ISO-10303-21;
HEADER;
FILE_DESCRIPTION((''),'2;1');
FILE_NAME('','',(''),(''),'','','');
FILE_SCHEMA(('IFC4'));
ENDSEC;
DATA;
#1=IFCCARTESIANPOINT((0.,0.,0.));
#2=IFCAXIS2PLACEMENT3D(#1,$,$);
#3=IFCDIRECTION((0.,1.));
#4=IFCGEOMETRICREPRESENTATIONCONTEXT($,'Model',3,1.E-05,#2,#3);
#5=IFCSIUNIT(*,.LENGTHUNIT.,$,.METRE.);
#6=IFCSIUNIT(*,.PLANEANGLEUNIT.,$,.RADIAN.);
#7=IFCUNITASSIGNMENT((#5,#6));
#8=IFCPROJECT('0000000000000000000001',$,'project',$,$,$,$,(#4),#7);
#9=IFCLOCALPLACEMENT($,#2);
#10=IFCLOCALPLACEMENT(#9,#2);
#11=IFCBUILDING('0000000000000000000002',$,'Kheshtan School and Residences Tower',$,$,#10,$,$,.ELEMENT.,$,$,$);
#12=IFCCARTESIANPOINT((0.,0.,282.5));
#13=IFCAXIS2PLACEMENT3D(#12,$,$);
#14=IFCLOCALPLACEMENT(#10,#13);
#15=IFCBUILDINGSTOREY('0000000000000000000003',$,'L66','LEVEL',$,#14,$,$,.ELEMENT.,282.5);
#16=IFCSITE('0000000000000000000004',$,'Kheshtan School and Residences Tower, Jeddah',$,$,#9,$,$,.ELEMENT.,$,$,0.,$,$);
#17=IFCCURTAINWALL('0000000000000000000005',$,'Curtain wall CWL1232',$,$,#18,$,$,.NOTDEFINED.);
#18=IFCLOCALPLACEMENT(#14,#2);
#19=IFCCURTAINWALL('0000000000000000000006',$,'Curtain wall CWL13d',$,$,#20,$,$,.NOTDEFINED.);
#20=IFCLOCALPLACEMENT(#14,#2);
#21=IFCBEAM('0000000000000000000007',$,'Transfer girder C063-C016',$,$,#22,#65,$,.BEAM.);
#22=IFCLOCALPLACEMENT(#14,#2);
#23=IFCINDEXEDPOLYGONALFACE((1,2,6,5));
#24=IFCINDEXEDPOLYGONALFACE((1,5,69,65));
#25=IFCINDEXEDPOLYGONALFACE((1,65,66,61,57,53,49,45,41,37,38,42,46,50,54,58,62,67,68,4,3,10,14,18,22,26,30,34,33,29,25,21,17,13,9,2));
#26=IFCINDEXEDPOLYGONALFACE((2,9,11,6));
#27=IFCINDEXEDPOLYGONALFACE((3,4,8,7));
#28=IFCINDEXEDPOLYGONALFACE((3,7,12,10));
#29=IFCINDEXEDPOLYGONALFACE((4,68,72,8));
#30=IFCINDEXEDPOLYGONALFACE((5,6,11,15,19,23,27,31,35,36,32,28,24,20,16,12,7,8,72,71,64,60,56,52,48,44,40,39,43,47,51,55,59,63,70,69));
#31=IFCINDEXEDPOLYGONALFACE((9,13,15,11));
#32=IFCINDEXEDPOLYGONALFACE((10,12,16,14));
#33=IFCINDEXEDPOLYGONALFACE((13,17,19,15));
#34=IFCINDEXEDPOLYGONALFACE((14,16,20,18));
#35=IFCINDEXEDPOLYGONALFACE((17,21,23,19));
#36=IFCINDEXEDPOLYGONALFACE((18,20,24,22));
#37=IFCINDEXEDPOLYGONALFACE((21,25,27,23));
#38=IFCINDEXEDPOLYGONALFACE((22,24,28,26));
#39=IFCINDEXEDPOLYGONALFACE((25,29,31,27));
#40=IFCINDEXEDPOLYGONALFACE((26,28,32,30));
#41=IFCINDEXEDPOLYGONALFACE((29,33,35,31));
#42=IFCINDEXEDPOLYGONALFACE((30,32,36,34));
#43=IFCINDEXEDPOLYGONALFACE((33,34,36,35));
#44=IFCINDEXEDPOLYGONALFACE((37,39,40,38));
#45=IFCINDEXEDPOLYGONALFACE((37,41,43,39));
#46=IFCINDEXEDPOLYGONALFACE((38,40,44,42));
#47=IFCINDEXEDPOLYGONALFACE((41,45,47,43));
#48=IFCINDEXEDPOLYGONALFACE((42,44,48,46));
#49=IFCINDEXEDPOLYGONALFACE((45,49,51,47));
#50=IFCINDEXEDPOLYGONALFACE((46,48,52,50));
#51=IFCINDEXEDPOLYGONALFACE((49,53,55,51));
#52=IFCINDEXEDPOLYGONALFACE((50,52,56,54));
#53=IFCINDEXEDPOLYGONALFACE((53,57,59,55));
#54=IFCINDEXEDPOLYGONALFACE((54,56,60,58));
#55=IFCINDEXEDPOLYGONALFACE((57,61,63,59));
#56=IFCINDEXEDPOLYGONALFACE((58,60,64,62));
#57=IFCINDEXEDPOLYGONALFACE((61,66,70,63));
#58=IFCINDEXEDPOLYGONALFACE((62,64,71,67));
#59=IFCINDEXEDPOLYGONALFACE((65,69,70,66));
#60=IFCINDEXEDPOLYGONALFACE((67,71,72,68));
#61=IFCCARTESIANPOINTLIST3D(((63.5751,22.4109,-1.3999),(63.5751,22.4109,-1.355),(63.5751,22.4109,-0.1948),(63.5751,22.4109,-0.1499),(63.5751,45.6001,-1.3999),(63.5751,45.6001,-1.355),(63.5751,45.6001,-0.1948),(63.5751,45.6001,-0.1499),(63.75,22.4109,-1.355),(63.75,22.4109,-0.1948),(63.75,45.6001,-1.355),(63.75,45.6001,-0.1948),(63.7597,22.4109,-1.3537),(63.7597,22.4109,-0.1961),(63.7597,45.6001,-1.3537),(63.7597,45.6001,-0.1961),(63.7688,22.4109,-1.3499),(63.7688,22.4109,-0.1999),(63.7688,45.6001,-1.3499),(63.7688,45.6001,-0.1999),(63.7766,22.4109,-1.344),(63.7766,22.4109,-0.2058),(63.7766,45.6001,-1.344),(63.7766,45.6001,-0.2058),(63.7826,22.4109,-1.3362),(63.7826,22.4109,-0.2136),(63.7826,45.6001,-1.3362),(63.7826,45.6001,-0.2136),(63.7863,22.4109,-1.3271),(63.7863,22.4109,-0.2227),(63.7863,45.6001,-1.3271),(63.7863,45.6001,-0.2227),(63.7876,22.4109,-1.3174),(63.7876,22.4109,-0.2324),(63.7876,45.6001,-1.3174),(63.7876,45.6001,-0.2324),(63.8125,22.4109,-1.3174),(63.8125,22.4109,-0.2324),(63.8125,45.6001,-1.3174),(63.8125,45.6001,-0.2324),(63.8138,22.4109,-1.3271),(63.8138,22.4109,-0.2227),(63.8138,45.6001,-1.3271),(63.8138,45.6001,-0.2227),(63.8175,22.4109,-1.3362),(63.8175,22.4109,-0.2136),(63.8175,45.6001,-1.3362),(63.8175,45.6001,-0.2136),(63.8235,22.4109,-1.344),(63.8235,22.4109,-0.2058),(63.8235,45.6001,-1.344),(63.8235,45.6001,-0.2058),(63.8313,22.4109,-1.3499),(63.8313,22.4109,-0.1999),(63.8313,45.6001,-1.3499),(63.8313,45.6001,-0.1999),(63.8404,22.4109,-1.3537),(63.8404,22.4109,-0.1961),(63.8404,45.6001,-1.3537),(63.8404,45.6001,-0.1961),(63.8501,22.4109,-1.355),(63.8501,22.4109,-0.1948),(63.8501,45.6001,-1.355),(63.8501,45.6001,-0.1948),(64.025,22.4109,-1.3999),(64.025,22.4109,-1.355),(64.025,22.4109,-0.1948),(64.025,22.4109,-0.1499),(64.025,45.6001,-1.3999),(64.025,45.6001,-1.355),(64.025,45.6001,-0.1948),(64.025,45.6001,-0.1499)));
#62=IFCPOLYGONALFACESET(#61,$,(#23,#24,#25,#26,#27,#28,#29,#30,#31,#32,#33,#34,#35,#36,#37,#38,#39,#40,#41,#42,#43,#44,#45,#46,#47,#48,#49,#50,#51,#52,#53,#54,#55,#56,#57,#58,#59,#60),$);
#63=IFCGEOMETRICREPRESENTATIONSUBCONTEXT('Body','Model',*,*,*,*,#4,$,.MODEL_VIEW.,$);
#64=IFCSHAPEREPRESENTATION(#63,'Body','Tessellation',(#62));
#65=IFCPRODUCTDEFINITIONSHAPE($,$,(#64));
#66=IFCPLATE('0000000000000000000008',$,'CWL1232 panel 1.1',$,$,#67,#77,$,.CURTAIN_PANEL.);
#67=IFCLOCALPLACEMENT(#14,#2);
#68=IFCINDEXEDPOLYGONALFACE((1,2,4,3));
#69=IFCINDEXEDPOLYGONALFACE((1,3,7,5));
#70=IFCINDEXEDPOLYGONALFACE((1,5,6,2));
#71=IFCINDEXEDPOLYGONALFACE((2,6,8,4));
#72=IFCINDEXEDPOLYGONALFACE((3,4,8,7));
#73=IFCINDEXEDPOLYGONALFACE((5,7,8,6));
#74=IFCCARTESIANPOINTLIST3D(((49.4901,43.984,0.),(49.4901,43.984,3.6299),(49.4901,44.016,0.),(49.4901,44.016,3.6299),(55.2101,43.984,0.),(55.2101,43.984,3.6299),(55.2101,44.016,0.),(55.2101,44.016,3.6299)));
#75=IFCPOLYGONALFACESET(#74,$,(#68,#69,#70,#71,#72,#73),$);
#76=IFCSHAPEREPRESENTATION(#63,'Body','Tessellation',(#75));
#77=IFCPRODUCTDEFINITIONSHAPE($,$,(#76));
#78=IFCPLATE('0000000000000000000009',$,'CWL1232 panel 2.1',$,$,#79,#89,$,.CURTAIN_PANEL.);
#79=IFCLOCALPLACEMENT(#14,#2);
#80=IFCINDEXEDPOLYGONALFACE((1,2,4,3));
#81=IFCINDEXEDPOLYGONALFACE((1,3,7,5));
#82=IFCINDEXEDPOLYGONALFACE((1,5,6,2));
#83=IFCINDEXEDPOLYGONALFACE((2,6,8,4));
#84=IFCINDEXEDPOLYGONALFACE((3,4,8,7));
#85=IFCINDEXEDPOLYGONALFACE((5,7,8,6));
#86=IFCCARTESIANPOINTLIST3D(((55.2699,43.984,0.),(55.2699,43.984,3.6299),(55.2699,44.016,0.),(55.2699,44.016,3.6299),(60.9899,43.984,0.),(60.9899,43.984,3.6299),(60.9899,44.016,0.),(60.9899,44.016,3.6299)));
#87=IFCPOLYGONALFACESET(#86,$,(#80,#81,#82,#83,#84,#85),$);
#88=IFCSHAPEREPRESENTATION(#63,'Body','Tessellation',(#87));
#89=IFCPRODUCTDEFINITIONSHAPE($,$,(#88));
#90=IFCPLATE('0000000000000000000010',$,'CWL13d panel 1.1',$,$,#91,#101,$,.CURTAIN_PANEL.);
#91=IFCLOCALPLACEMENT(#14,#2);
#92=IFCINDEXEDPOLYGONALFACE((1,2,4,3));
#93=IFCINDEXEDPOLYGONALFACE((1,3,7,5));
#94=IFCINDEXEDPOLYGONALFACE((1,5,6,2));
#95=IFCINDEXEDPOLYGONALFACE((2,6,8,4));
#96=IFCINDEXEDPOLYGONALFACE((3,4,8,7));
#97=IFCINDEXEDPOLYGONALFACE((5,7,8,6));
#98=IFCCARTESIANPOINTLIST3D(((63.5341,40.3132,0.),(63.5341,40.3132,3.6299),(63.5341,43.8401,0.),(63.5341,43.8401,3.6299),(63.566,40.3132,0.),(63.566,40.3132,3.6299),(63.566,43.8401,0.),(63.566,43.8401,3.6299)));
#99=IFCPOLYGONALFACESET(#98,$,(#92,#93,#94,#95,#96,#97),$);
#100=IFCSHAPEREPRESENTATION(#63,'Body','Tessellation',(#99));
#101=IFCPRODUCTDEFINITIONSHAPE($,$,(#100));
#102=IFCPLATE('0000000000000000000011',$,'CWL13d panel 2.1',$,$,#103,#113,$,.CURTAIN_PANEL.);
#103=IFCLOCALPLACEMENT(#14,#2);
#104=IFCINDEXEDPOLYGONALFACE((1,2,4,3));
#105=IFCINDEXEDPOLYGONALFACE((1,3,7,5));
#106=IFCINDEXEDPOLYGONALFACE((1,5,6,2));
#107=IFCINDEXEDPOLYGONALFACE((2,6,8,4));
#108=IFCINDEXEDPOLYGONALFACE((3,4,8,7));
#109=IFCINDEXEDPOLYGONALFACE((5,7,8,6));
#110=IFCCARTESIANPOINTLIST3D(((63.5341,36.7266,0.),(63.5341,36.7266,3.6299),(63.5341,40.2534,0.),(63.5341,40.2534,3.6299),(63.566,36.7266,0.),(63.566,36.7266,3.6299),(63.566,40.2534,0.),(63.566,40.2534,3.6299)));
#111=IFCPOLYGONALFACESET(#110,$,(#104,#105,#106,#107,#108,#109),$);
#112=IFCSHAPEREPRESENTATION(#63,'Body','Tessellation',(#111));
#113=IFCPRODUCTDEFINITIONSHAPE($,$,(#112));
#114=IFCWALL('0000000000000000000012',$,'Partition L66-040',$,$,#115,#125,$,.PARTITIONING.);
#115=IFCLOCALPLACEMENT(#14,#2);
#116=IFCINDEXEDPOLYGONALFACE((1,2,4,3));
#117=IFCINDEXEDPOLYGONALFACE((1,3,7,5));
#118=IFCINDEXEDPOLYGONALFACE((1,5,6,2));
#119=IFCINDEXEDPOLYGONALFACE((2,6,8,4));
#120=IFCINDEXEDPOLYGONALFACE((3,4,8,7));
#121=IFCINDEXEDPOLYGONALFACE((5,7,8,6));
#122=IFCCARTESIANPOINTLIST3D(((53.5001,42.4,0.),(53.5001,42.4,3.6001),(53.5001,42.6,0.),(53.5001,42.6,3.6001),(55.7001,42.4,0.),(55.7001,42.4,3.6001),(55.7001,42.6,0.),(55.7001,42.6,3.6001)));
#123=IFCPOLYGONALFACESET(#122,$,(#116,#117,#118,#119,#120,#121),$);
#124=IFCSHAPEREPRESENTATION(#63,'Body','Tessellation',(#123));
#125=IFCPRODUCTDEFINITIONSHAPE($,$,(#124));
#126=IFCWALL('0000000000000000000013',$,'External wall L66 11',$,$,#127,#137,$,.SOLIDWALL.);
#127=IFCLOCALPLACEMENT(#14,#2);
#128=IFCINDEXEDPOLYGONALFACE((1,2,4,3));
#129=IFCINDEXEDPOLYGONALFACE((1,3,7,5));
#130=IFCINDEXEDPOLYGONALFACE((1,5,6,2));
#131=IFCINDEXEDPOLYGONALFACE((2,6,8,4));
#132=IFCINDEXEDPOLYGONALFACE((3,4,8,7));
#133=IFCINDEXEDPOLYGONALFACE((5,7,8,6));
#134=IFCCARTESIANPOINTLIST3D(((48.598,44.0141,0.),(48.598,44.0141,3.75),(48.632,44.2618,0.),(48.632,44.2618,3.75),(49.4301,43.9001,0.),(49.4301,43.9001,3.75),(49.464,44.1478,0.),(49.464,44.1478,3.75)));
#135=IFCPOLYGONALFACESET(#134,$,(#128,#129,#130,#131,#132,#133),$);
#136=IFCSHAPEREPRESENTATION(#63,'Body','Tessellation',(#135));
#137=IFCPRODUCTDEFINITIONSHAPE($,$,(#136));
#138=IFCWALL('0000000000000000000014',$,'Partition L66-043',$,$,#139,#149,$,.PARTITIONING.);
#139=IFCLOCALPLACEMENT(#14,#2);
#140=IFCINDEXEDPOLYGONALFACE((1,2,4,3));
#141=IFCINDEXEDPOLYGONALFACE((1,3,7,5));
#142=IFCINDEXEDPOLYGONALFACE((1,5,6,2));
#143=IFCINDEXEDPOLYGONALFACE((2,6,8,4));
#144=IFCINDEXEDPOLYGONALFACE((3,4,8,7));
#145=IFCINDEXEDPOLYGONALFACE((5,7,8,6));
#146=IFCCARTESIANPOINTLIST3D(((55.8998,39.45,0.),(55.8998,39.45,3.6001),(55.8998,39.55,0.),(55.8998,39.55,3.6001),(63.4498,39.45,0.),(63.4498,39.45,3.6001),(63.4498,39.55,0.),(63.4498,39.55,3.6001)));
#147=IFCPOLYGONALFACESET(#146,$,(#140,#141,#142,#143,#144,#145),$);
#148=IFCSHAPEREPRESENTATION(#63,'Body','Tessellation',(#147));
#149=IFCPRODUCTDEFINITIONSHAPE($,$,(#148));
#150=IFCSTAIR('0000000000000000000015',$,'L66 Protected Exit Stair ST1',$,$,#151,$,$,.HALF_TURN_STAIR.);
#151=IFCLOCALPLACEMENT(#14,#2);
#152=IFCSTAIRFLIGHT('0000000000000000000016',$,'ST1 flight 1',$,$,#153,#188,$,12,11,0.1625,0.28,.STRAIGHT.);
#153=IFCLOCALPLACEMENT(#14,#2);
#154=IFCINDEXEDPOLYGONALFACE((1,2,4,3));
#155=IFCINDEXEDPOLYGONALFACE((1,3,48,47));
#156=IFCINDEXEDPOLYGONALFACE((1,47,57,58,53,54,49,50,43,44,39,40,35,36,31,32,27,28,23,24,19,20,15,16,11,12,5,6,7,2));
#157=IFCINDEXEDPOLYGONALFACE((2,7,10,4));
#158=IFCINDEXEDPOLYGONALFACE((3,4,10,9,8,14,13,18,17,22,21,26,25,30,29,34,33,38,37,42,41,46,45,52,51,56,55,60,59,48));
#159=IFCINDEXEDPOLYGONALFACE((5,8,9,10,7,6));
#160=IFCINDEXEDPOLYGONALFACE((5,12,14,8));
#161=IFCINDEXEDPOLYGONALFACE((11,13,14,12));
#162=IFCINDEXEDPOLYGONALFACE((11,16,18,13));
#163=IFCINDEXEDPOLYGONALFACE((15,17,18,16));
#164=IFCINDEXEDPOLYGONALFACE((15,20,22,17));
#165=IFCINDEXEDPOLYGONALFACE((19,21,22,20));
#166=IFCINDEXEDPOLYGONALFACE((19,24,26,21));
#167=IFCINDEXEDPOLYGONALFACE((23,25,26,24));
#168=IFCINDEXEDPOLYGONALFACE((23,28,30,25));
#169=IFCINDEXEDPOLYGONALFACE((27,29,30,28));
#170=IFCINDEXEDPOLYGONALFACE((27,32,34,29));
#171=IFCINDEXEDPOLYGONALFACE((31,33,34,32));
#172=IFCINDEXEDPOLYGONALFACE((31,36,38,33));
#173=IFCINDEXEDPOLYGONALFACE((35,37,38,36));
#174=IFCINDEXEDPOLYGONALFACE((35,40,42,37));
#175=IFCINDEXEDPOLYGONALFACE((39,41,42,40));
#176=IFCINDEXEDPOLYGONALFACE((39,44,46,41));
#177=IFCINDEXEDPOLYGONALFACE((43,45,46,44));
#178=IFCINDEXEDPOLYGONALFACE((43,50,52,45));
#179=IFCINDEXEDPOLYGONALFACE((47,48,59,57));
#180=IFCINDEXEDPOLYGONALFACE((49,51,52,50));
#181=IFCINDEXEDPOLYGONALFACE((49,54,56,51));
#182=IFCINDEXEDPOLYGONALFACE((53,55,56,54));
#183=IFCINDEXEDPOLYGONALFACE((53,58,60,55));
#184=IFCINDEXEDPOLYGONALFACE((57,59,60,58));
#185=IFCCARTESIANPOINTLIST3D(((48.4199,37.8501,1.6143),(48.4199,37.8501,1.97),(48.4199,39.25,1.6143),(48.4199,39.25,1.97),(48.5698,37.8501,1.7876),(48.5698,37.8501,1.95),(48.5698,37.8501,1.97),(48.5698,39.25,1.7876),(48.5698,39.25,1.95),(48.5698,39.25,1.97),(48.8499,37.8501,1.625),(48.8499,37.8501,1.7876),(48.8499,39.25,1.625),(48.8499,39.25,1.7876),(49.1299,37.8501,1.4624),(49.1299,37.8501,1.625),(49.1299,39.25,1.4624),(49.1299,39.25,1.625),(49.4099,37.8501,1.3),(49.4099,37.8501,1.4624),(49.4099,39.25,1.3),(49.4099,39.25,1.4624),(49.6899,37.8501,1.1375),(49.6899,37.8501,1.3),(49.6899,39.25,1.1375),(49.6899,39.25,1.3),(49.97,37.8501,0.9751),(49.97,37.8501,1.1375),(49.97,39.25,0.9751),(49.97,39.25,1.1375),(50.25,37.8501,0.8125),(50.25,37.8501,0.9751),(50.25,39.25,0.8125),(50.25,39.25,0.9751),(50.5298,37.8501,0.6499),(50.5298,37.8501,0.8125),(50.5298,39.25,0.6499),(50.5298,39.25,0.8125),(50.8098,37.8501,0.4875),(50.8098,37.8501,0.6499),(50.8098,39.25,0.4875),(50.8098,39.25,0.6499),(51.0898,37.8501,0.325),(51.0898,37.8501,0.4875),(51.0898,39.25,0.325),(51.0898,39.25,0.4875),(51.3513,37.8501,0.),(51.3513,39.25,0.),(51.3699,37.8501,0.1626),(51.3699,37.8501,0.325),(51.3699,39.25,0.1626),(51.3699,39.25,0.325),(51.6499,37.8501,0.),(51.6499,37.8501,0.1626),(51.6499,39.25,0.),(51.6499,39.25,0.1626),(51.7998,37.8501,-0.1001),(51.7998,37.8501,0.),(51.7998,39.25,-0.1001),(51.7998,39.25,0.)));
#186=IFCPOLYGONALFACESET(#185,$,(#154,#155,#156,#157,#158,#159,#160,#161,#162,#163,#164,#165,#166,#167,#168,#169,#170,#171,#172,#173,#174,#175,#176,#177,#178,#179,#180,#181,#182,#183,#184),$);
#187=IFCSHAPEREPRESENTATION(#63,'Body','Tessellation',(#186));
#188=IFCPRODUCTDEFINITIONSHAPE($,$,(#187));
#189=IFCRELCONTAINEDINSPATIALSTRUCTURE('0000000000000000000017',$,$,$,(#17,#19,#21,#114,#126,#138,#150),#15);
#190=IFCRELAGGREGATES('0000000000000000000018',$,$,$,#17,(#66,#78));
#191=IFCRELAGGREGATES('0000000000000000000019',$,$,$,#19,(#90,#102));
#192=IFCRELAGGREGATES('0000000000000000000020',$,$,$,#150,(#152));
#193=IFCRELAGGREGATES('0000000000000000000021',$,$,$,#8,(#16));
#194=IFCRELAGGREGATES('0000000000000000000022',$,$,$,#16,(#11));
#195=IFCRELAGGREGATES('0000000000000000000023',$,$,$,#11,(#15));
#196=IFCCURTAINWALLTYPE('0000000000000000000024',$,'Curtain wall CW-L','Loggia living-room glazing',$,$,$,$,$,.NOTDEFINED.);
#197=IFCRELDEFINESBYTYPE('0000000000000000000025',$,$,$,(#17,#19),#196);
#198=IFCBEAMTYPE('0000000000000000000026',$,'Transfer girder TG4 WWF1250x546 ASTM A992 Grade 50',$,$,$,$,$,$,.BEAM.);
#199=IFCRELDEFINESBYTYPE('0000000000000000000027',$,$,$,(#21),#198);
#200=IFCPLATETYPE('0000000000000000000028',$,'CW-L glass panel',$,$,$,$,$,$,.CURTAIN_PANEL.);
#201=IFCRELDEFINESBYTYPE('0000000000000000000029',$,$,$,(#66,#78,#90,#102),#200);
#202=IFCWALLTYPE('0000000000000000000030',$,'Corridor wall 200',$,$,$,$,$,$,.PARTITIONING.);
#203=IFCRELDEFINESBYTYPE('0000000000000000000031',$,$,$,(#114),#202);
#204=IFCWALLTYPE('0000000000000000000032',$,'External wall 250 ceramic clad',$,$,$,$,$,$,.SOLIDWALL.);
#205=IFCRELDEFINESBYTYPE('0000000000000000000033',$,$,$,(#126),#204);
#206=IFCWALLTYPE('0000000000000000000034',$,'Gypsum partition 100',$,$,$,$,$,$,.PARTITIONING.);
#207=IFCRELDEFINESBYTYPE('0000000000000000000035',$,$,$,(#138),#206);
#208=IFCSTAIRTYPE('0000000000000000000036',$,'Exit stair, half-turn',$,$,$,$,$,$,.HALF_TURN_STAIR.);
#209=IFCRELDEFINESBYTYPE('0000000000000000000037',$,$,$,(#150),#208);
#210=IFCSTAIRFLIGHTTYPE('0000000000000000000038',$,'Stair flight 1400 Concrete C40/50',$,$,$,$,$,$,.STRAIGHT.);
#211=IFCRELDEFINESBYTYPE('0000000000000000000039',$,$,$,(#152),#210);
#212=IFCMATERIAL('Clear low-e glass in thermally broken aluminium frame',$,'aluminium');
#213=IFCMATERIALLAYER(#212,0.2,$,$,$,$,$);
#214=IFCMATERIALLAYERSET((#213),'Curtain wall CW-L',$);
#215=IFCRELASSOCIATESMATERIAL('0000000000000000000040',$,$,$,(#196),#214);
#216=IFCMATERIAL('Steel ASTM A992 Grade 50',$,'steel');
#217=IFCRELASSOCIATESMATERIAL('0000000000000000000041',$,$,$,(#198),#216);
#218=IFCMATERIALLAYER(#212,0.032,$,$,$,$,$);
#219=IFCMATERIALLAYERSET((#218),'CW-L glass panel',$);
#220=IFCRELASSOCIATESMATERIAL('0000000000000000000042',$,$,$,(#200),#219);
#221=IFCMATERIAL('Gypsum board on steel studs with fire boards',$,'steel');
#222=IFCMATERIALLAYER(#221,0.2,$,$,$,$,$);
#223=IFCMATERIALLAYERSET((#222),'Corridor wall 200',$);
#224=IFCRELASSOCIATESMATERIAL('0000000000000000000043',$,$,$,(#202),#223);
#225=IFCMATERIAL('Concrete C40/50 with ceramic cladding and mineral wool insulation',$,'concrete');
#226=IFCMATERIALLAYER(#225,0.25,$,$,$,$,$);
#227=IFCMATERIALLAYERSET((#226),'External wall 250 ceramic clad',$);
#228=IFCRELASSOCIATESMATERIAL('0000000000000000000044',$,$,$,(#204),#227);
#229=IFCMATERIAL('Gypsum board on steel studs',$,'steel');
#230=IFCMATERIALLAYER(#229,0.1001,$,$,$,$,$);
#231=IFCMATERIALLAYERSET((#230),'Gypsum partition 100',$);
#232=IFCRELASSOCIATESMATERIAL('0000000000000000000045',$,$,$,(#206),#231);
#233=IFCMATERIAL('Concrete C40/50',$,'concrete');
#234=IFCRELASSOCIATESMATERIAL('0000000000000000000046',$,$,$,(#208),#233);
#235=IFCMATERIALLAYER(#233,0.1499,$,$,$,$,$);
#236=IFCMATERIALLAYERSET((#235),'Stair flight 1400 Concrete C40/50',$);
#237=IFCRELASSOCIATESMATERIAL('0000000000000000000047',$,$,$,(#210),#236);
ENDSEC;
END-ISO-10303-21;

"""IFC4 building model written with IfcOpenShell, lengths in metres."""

from ifc_helpers import new_model, si_unit, direction, frame, frame_2d, origin, origin_2d, place, context, subcontext, project, spatial, polyline, rectangle, i_section, outline, extrude, material, layer, layer_set, material_profile, profile_set, type_object, element, aggregate, save


model = new_model("IFC4")

# Units and contexts
model_context = context("Model", 3, precision=1e-05, world=origin(), true_north=direction((0.0, 1.0)))
body_context = subcontext(model_context, "Body", "Model", "MODEL_VIEW")
ifc_project = project(units=[si_unit("LENGTHUNIT", "METRE"), si_unit("PLANEANGLEUNIT", "RADIAN")], contexts=[model_context])

# Site, building, storey
site_placement = place(None, origin())
site = spatial("IfcSite", under=ifc_project, at=site_placement, Name="Kheshtan School and Residences Tower, Jeddah", CompositionType="ELEMENT", RefElevation=0.0)
building_placement = place(site_placement, origin())
building = spatial("IfcBuilding", under=site, at=building_placement, Name="Kheshtan School and Residences Tower", CompositionType="ELEMENT")
storey_placement = place(building_placement, frame((0.0, 0.0, 282.5)))
storey = spatial("IfcBuildingStorey", under=building, at=storey_placement, Name="L66", Description="LEVEL", CompositionType="ELEMENT", Elevation=282.5)

# Shared definitions
ifc_material_1 = material(Name="Steel ASTM A992 Grade 50", Category="steel")

# Curtain walls
ifc_material_2 = material(Name="Clear low-e glass in thermally broken aluminium frame", Category="aluminium")
ifc_layer_1 = layer(ifc_material_2, 0.2)
ifc_layer_set_1 = layer_set([ifc_layer_1], Name="Curtain wall CW-L")
curtain_wall_type = type_object("IfcCurtainWallType", Name="Curtain wall CW-L", Description="Loggia living-room glazing", PredefinedType="NOTDEFINED", material=ifc_layer_set_1)
curtain_wall_1_placement = place(storey_placement, origin())
curtain_wall_1 = element("IfcCurtainWall", 1, at=curtain_wall_1_placement, inside=storey, type_object=curtain_wall_type, Name="Curtain wall CWL1232", PredefinedType="NOTDEFINED")
curtain_wall_2_placement = place(storey_placement, origin())
curtain_wall_2 = element("IfcCurtainWall", 2, at=curtain_wall_2_placement, inside=storey, type_object=curtain_wall_type, Name="Curtain wall CWL13d", PredefinedType="NOTDEFINED")

# Beam
ifc_material_profile_1 = material_profile(ifc_material_1, i_section(OverallWidth=0.45, OverallDepth=1.25, WebThickness=0.0249, FlangeThickness=0.0449, FilletRadius=0.0376, at=origin_2d()), Name="WWF1250x546")
ifc_profile_set_1 = profile_set([ifc_material_profile_1], Name="Steel ASTM A992 Grade 50")
beam_type_1 = type_object("IfcBeamType", Name="Transfer girder TG4 WWF1250x546 ASTM A992 Grade 50", PredefinedType="BEAM", material=ifc_profile_set_1)
beam_1_placement = place(storey_placement, frame((63.8, 45.6001, -0.7749), z_axis=(0.0, -1.0, 0.0), x_axis=(1.0, 0.0, 0.0)))
element("IfcBeam", 3, at=beam_1_placement, inside=storey, type_object=beam_type_1, Name="Transfer girder C063-C016", PredefinedType="BEAM", context=body_context, shape_type="SweptSolid", body=[
    extrude(i_section(OverallWidth=0.45, OverallDepth=1.25, WebThickness=0.0249, FlangeThickness=0.0449, FilletRadius=0.0376, at=origin_2d()), origin(), (0.0, 0.0, 1.0), 23.1892),
])

# Plates
ifc_layer_2 = layer(ifc_material_2, 0.032)
ifc_layer_set_2 = layer_set([ifc_layer_2], Name="CW-L glass panel")
plate_type = type_object("IfcPlateType", Name="CW-L glass panel", PredefinedType="CURTAIN_PANEL", material=ifc_layer_set_2)
plate_1_placement = place(storey_placement, frame((52.3501, 44.0, 0.0), z_axis=(0.0, 0.0, 1.0), x_axis=(1.0, 0.0, 0.0)))
plate_1 = element("IfcPlate", 4, at=plate_1_placement, type_object=plate_type, Name="CWL1232 panel 1.1", PredefinedType="CURTAIN_PANEL", context=body_context, shape_type="SweptSolid", body=[
    extrude(rectangle(XDim=5.72, YDim=0.032, at=origin_2d()), origin(), (0.0, 0.0, 1.0), 3.6299),
])
plate_2_placement = place(storey_placement, frame((58.1299, 44.0, 0.0), z_axis=(0.0, 0.0, 1.0), x_axis=(1.0, 0.0, 0.0)))
plate_2 = element("IfcPlate", 5, at=plate_2_placement, type_object=plate_type, Name="CWL1232 panel 2.1", PredefinedType="CURTAIN_PANEL", context=body_context, shape_type="SweptSolid", body=[
    extrude(rectangle(XDim=5.72, YDim=0.032, at=origin_2d()), origin(), (0.0, 0.0, 1.0), 3.6299),
])
aggregate(curtain_wall_1, [plate_1, plate_2])
plate_3_placement = place(storey_placement, frame((63.55, 42.0767, 0.0), z_axis=(0.0, 0.0, 1.0), x_axis=(0.0, -1.0, 0.0)))
plate_3 = element("IfcPlate", 6, at=plate_3_placement, type_object=plate_type, Name="CWL13d panel 1.1", PredefinedType="CURTAIN_PANEL", context=body_context, shape_type="SweptSolid", body=[
    extrude(rectangle(XDim=3.5269, YDim=0.032, at=origin_2d()), origin(), (0.0, 0.0, 1.0), 3.6299),
])
plate_4_placement = place(storey_placement, frame((63.55, 38.49, 0.0), z_axis=(0.0, 0.0, 1.0), x_axis=(0.0, -1.0, 0.0)))
plate_4 = element("IfcPlate", 7, at=plate_4_placement, type_object=plate_type, Name="CWL13d panel 2.1", PredefinedType="CURTAIN_PANEL", context=body_context, shape_type="SweptSolid", body=[
    extrude(rectangle(XDim=3.5269, YDim=0.032, at=origin_2d()), origin(), (0.0, 0.0, 1.0), 3.6299),
])
aggregate(curtain_wall_2, [plate_3, plate_4])

# Walls
ifc_material_3 = material(Name="Gypsum board on steel studs with fire boards", Category="steel")
ifc_layer_3 = layer(ifc_material_3, 0.2)
ifc_layer_set_3 = layer_set([ifc_layer_3], Name="Corridor wall 200")
wall_type_1 = type_object("IfcWallType", Name="Corridor wall 200", PredefinedType="PARTITIONING", material=ifc_layer_set_3)
wall_1_placement = place(storey_placement, frame((53.5, 42.5, 0.0), z_axis=(0.0, 0.0, 1.0), x_axis=(1.0, 0.0, 0.0)))
element("IfcWall", 8, at=wall_1_placement, inside=storey, type_object=wall_type_1, Name="Partition L66-040", PredefinedType="PARTITIONING", context=body_context, shape_type="SweptSolid", body=[
    extrude(rectangle(XDim=2.2, YDim=0.2, at=frame_2d((1.1001, 0.0))), origin(), (0.0, 0.0, 1.0), 3.6001),
])
ifc_material_4 = material(Name="Concrete C40/50 with ceramic cladding and mineral wool insulation", Category="concrete")
ifc_layer_4 = layer(ifc_material_4, 0.25)
ifc_layer_set_4 = layer_set([ifc_layer_4], Name="External wall 250 ceramic clad")
wall_type_2 = type_object("IfcWallType", Name="External wall 250 ceramic clad", PredefinedType="SOLIDWALL", material=ifc_layer_set_4)
wall_2_placement = place(storey_placement, frame((48.615, 44.1379, 0.0), z_axis=(0.0, 0.0, 1.0), x_axis=(0.990742, -0.135762, 0.0)))
element("IfcWall", 9, at=wall_2_placement, inside=storey, type_object=wall_type_2, Name="External wall L66 11", PredefinedType="SOLIDWALL", context=body_context, shape_type="SweptSolid", body=[
    extrude(rectangle(XDim=0.8398, YDim=0.25, at=frame_2d((0.4199, 0.0))), origin(), (0.0, 0.0, 1.0), 3.75),
])

# Wall
ifc_material_5 = material(Name="Gypsum board on steel studs", Category="steel")
ifc_layer_5 = layer(ifc_material_5, 0.1001)
ifc_layer_set_5 = layer_set([ifc_layer_5], Name="Gypsum partition 100")
wall_type_3 = type_object("IfcWallType", Name="Gypsum partition 100", PredefinedType="PARTITIONING", material=ifc_layer_set_5)
wall_3_placement = place(storey_placement, frame((55.8999, 39.5, 0.0), z_axis=(0.0, 0.0, 1.0), x_axis=(1.0, 0.0, 0.0)))
element("IfcWall", 10, at=wall_3_placement, inside=storey, type_object=wall_type_3, Name="Partition L66-043", PredefinedType="PARTITIONING", context=body_context, shape_type="SweptSolid", body=[
    extrude(rectangle(XDim=7.55, YDim=0.1001, at=frame_2d((3.7749, 0.0))), origin(), (0.0, 0.0, 1.0), 3.6001),
])

# Stair, stair flight
ifc_material_6 = material(Name="Concrete C40/50", Category="concrete")
stair_type = type_object("IfcStairType", Name="Exit stair, half-turn", PredefinedType="HALF_TURN_STAIR", material=ifc_material_6)
stair_placement = place(storey_placement, origin())
stair = element("IfcStair", 11, at=stair_placement, inside=storey, type_object=stair_type, Name="L66 Protected Exit Stair ST1", PredefinedType="HALF_TURN_STAIR")
ifc_layer_6 = layer(ifc_material_6, 0.1499)
ifc_layer_set_6 = layer_set([ifc_layer_6], Name="Stair flight 1400 Concrete C40/50")
stair_flight_type = type_object("IfcStairFlightType", Name="Stair flight 1400 Concrete C40/50", PredefinedType="STRAIGHT", material=ifc_layer_set_6)
stair_flight_1_placement = place(storey_placement, frame((51.6499, 38.55, 0.0), z_axis=(0.0, 0.0, 1.0), x_axis=(-1.0, 0.0, 0.0)))
stair_flight_1 = element("IfcStairFlight", 12, at=stair_flight_1_placement, type_object=stair_flight_type, Name="ST1 flight 1", NumberOfRisers=12, NumberOfTreads=11, PredefinedType="STRAIGHT", RiserHeight=0.1625, TreadLength=0.28, context=body_context, shape_type="SweptSolid", body=[
    extrude(outline(polyline([(-0.1499, -0.1001), (-0.1499, 0.0), (0.0, 0.0), (0.0, 0.1626), (0.28, 0.1626), (0.28, 0.325), (0.5601, 0.325), (0.5601, 0.4875), (0.8401, 0.4875), (0.8401, 0.6499), (1.1201, 0.6499), (1.1201, 0.8125), (1.3999, 0.8125), (1.3999, 0.9751), (1.6799, 0.9751), (1.6799, 1.1375), (1.96, 1.1375), (1.96, 1.3), (2.24, 1.3), (2.24, 1.4624), (2.52, 1.4624), (2.52, 1.625), (2.8, 1.625), (2.8, 1.7876), (3.0801, 1.7876), (3.0801, 1.95), (3.0801, 1.97), (3.23, 1.97), (3.23, 1.6143), (0.2986, 0.0), (-0.1499, -0.1001)])), frame((0.0, 0.7, 0.0), z_axis=(0.0, -1.0, 0.0), x_axis=(1.0, 0.0, 0.0)), (0.0, 0.0, 1.0), 1.3999),
])
aggregate(stair, [stair_flight_1])

save(model, "model.ifc")
